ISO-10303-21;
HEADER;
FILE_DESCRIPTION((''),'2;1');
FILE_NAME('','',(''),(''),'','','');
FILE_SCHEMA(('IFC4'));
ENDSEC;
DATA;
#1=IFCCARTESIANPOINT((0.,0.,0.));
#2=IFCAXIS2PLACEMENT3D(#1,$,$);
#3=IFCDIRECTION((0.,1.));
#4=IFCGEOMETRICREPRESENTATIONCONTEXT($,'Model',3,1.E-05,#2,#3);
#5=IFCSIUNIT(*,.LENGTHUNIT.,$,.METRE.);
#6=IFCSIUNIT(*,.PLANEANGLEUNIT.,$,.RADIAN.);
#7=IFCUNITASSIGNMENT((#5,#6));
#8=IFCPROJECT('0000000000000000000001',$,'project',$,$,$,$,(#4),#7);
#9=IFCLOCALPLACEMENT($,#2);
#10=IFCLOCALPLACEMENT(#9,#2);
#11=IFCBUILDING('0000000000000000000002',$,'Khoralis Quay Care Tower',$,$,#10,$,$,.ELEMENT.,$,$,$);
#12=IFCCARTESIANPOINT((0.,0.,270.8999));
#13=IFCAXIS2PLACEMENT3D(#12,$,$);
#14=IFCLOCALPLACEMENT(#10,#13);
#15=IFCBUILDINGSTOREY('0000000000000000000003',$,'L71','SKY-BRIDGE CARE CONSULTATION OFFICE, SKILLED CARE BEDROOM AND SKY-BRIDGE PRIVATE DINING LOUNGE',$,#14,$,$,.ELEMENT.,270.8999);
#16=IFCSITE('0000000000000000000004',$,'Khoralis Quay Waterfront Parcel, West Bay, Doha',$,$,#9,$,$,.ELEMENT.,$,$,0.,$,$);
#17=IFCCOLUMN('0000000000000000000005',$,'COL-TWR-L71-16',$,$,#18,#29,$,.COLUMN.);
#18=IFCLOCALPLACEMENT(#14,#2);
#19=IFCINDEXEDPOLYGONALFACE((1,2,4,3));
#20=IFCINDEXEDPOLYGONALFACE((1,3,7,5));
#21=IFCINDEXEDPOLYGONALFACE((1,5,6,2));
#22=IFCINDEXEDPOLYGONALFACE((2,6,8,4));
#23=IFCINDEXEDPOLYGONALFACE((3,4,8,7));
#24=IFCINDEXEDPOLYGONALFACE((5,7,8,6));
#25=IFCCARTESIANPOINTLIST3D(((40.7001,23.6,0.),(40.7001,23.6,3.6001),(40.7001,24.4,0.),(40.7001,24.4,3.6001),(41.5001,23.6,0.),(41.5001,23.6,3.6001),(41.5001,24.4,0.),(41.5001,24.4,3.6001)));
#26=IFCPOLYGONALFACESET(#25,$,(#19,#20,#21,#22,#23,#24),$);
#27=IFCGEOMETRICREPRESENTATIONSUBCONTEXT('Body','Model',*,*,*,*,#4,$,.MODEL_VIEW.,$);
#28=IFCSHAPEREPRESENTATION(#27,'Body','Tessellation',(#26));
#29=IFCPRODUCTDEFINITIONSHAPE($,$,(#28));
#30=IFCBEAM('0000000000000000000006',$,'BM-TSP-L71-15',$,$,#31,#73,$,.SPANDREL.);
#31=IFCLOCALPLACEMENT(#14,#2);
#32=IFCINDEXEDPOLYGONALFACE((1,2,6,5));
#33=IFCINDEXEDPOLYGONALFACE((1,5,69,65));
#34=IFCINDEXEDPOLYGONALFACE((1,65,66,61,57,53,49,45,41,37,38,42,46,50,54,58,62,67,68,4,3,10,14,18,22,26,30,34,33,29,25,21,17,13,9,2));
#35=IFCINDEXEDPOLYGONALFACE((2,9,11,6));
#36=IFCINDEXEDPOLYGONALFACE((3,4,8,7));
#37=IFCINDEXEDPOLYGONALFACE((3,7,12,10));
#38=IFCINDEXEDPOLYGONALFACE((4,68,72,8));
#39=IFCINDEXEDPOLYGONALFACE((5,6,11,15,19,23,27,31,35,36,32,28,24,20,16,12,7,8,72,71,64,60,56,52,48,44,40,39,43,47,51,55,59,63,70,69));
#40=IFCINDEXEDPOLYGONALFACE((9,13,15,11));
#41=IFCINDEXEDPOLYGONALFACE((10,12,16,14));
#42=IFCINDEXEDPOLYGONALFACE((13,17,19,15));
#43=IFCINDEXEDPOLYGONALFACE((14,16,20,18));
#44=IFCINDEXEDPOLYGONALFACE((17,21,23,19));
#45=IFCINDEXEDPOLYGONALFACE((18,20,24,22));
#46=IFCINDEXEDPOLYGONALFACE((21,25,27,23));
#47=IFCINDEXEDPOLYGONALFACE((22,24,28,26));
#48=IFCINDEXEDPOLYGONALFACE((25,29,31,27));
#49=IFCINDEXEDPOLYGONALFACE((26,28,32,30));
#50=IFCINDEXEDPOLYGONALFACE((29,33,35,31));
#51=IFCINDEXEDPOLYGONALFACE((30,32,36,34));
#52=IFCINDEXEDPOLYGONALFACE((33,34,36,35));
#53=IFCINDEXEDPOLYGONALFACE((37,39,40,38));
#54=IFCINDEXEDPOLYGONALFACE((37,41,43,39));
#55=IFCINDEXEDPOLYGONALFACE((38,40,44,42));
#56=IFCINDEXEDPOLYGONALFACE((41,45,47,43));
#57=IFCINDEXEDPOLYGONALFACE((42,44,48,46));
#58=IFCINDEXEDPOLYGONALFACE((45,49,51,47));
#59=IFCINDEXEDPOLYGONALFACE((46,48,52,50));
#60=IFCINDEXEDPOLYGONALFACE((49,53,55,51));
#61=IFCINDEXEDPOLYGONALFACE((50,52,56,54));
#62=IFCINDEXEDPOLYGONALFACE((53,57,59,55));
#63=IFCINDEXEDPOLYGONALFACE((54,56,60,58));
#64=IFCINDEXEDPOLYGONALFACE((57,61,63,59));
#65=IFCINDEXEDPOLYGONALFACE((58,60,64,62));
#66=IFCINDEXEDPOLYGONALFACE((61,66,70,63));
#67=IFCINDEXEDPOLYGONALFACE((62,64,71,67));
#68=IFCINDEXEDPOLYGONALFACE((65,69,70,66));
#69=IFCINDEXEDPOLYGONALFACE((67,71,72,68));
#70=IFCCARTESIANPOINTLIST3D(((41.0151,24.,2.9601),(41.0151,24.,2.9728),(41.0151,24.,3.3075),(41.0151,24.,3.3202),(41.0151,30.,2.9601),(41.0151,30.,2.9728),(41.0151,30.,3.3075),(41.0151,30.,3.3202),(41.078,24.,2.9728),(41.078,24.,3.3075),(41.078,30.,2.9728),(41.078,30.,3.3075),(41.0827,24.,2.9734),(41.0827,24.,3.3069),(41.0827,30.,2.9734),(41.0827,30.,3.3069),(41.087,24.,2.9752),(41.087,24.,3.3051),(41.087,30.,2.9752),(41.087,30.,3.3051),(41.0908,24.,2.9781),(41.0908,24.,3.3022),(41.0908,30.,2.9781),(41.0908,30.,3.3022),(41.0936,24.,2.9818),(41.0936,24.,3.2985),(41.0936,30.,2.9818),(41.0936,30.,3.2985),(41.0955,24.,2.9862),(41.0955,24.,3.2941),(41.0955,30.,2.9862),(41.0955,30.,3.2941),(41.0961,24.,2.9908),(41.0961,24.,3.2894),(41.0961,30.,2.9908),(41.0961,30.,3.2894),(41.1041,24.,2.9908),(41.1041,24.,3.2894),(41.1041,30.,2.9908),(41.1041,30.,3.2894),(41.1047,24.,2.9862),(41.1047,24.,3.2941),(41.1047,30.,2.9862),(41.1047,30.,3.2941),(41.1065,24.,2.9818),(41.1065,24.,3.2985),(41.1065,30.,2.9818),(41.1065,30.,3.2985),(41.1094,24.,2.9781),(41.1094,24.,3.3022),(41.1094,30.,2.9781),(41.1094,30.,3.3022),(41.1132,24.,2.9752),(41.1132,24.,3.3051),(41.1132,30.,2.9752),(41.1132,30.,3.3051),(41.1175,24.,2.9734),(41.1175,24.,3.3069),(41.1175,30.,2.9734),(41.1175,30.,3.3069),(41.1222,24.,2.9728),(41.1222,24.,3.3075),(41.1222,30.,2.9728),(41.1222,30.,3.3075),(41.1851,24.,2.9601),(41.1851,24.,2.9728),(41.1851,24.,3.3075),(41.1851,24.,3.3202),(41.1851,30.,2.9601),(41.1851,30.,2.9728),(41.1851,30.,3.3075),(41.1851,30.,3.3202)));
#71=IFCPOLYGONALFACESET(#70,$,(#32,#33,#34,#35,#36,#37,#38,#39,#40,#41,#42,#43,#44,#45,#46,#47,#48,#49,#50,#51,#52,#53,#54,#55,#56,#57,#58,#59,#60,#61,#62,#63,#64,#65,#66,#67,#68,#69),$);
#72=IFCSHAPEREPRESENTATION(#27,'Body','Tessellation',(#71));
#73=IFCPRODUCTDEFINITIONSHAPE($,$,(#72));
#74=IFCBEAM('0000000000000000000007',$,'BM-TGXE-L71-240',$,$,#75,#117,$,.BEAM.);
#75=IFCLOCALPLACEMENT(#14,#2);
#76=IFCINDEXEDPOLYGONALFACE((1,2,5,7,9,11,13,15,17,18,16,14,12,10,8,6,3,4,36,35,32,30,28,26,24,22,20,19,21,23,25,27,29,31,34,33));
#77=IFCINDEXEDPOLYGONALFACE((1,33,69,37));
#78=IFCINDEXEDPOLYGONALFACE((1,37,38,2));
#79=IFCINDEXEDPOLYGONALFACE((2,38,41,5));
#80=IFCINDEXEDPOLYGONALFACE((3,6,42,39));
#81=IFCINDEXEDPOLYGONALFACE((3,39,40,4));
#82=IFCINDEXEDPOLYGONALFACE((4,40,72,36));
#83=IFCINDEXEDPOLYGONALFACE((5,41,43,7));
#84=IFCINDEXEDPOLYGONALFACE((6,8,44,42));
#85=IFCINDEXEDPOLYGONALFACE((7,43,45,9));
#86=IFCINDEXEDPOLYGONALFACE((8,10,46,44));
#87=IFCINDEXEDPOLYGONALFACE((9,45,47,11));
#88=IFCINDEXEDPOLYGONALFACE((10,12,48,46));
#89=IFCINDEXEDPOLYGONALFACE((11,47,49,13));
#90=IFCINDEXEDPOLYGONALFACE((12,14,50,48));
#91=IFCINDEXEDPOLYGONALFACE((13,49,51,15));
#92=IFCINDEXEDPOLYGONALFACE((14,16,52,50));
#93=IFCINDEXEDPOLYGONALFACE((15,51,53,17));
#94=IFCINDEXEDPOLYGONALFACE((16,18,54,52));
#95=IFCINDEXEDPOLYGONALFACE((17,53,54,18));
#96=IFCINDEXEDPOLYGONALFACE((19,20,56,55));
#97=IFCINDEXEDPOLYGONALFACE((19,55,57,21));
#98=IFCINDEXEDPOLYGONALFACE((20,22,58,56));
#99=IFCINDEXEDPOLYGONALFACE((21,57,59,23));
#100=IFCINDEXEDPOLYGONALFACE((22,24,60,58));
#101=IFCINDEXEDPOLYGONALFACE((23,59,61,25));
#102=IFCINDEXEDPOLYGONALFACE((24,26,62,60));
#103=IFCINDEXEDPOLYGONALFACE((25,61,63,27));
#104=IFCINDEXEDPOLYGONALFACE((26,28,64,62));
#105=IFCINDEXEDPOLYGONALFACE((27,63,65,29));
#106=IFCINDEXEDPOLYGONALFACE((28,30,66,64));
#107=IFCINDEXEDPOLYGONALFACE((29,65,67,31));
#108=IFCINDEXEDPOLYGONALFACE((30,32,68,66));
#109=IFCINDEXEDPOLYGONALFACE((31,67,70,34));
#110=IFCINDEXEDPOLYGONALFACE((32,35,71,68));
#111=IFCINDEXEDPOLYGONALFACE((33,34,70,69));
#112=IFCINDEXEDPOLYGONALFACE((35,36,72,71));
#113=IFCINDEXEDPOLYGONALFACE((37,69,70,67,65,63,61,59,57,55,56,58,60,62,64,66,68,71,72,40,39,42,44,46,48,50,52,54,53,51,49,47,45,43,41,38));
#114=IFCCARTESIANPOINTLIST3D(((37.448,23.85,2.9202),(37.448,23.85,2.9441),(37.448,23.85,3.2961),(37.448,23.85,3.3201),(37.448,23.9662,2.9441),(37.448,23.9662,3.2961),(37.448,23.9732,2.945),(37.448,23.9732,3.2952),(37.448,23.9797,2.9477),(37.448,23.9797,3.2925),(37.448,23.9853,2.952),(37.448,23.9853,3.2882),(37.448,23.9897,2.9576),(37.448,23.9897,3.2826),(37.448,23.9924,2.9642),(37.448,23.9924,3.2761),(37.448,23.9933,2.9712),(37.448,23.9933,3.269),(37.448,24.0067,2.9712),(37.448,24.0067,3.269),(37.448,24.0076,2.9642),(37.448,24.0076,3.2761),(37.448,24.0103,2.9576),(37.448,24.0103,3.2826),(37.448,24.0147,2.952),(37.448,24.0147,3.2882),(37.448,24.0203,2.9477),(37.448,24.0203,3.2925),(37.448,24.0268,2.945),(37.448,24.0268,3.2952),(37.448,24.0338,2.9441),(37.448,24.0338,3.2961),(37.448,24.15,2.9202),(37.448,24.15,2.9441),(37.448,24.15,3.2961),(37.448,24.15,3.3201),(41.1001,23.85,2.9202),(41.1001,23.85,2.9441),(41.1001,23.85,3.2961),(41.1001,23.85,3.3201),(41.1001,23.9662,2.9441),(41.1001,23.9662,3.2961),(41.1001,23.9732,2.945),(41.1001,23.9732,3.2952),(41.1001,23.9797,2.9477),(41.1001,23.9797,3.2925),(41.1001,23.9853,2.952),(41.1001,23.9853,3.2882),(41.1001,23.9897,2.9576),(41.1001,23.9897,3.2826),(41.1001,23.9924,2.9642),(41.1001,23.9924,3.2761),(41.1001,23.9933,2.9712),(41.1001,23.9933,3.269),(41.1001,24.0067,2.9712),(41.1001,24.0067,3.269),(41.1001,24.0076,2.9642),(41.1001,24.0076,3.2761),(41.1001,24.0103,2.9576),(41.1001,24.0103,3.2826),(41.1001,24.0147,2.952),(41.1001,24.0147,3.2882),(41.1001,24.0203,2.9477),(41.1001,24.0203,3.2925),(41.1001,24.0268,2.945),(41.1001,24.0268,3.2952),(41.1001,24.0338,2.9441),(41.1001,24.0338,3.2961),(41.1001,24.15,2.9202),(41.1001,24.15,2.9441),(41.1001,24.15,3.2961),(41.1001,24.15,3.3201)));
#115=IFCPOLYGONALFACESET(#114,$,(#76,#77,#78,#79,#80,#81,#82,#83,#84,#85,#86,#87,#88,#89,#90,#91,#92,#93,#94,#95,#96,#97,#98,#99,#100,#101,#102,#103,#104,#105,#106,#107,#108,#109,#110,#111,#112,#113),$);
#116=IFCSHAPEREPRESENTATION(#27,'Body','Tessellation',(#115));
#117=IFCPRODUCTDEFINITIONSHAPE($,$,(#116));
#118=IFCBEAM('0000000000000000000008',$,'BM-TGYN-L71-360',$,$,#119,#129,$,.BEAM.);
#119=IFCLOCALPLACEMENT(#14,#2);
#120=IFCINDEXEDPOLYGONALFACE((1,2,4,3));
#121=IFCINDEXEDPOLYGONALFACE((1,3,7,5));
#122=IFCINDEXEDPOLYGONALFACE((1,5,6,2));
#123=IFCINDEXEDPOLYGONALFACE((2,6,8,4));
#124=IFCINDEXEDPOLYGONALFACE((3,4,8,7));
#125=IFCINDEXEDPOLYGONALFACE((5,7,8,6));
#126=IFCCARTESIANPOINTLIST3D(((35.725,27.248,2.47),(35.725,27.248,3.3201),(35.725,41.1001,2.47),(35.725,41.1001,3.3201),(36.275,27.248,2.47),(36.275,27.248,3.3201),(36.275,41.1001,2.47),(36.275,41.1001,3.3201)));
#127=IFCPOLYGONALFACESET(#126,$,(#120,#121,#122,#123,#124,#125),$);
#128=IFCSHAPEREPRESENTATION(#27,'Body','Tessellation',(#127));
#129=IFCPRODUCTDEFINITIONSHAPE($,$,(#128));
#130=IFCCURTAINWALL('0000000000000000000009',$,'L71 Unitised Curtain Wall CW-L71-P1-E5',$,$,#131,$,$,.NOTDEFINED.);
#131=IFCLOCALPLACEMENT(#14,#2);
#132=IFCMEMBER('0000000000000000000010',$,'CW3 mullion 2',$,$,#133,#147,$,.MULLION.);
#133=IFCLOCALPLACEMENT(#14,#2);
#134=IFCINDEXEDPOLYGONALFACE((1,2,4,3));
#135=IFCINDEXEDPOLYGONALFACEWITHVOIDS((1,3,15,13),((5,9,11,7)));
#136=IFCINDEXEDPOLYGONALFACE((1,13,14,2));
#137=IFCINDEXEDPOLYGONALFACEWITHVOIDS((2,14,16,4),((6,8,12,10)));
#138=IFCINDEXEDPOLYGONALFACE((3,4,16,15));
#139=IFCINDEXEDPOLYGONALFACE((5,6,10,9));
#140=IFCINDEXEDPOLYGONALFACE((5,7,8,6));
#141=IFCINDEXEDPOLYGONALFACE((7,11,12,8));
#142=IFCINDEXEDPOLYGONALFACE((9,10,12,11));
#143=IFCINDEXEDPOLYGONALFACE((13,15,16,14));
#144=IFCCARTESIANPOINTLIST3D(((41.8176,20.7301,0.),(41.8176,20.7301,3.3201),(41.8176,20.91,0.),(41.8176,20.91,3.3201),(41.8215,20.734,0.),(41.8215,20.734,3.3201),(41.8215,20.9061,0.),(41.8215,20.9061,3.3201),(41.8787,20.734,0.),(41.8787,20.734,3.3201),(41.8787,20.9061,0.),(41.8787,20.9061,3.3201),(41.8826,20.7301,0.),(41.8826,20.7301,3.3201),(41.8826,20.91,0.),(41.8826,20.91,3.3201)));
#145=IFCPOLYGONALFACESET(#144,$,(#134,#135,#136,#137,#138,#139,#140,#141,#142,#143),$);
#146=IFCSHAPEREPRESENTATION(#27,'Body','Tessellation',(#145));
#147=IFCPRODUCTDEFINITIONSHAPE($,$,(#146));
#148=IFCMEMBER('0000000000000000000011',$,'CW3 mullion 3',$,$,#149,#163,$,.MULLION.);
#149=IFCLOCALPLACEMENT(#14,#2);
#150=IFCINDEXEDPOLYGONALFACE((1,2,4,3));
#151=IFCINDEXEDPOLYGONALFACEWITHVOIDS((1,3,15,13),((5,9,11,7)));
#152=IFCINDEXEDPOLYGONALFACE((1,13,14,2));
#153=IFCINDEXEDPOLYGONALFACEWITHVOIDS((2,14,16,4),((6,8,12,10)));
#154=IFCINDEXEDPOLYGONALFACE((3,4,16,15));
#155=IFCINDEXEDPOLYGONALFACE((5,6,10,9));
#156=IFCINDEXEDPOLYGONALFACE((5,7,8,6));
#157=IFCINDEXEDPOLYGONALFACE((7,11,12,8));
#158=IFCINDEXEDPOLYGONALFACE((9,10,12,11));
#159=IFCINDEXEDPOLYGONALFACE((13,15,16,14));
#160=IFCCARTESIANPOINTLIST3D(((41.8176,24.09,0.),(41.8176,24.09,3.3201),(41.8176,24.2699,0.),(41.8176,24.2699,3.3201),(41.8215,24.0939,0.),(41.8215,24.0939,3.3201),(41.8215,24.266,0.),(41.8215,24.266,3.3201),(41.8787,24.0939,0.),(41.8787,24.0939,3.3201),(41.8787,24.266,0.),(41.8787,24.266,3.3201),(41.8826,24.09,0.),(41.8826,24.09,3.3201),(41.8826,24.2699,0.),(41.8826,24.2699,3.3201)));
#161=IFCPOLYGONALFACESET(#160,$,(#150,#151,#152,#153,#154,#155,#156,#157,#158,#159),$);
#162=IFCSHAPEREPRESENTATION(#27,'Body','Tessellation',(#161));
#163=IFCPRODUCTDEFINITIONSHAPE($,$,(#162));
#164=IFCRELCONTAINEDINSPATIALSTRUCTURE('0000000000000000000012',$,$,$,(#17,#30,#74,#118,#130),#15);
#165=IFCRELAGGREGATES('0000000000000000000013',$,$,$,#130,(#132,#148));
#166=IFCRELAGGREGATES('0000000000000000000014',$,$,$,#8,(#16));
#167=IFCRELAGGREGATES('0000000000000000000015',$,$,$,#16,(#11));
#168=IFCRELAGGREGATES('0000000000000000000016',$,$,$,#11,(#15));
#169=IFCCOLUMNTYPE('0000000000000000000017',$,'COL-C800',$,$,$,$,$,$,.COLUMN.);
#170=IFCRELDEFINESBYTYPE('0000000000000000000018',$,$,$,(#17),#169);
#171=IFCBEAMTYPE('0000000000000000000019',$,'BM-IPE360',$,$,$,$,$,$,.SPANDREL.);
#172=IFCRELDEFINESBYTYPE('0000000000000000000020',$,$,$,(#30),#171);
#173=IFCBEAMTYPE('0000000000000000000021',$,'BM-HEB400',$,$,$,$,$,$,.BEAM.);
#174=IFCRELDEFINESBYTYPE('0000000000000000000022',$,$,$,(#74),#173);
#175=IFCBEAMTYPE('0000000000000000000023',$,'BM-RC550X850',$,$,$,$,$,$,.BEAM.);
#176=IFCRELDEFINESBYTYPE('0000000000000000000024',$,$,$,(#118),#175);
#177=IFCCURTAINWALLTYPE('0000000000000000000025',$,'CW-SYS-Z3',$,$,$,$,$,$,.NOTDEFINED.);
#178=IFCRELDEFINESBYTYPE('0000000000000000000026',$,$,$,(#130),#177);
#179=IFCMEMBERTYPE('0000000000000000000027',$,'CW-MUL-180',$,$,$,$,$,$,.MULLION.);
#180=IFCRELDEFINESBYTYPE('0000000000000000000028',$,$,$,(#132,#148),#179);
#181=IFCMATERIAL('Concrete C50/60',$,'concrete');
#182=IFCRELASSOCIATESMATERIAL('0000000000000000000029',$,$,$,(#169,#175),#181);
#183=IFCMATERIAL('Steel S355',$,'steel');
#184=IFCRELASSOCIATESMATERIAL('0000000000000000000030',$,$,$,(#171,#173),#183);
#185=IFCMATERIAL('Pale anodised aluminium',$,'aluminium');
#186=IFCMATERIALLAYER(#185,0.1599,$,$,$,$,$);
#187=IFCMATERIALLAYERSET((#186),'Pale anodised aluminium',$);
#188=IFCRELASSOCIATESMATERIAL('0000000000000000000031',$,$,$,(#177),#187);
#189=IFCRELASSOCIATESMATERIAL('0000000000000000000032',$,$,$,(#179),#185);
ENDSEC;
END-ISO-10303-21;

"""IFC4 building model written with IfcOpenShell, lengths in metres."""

from ifc_helpers import new_model, si_unit, direction, frame, origin, origin_2d, place, context, subcontext, project, spatial, rectangle, hollow_rectangle, i_section, extrude, source, transform, mapped, material, layer, layer_set, material_profile, profile_set, type_object, element, aggregate, save


model = new_model("IFC4")

# Units and contexts
model_context = context("Model", 3, precision=1e-05, world=origin(), true_north=direction((0.0, 1.0)))
body_context = subcontext(model_context, "Body", "Model", "MODEL_VIEW")
ifc_project = project(units=[si_unit("LENGTHUNIT", "METRE"), si_unit("PLANEANGLEUNIT", "RADIAN")], contexts=[model_context])

# Site, building, storey
site_placement = place(None, origin())
site = spatial("IfcSite", under=ifc_project, at=site_placement, Name="Khoralis Quay Waterfront Parcel, West Bay, Doha", CompositionType="ELEMENT", RefElevation=0.0)
building_placement = place(site_placement, origin())
building = spatial("IfcBuilding", under=site, at=building_placement, Name="Khoralis Quay Care Tower", CompositionType="ELEMENT")
storey_placement = place(building_placement, frame((0.0, 0.0, 270.8999)))
storey = spatial("IfcBuildingStorey", under=building, at=storey_placement, Name="L71", Description="SKY-BRIDGE CARE CONSULTATION OFFICE, SKILLED CARE BEDROOM AND SKY-BRIDGE PRIVATE DINING LOUNGE", CompositionType="ELEMENT", Elevation=270.8999)

# Column
ifc_material_1 = material(Name="Concrete C50/60", Category="concrete")
ifc_material_profile_1 = material_profile(ifc_material_1, rectangle(XDim=0.8, YDim=0.8, at=origin_2d()), Name="Concrete C50/60")
ifc_profile_set_1 = profile_set([ifc_material_profile_1], Name="Concrete C50/60")
column_type = type_object("IfcColumnType", Name="COL-C800", PredefinedType="COLUMN", material=ifc_profile_set_1)
shared_shape_1 = source(origin(), body_context, "Body", "SweptSolid", [
    extrude(rectangle(XDim=0.8, YDim=0.8, at=origin_2d()), origin(), (0.0, 0.0, 1.0), 3.6001),
])
column_placement = place(storey_placement, frame((41.1001, 24.0, 0.0), z_axis=(0.0, 0.0, 1.0), x_axis=(1.0, 0.0, 0.0)))
element("IfcColumn", 1, at=column_placement, inside=storey, type_object=column_type, Name="COL-TWR-L71-16", PredefinedType="COLUMN", context=body_context, shape_type="MappedRepresentation", body=[
    mapped(shared_shape_1, transform((0.0, 0.0, 0.0), scale=1.0)),
])

# Beams
ifc_material_2 = material(Name="Steel S355", Category="steel")
ifc_material_profile_2 = material_profile(ifc_material_2, i_section(OverallWidth=0.1699, OverallDepth=0.3601, WebThickness=0.0081, FlangeThickness=0.0127, FilletRadius=0.0181, at=origin_2d()), Name="Steel S355")
ifc_profile_set_2 = profile_set([ifc_material_profile_2], Name="Steel S355")
beam_type_1 = type_object("IfcBeamType", Name="BM-IPE360", PredefinedType="SPANDREL", material=ifc_profile_set_2)
shared_shape_2 = source(origin(), body_context, "Body", "SweptSolid", [
    extrude(i_section(OverallWidth=0.1699, OverallDepth=0.3601, WebThickness=0.0081, FlangeThickness=0.0127, FilletRadius=0.0181, at=origin_2d()), origin(), (0.0, 0.0, 1.0), 6.0),
])
beam_1_placement = place(storey_placement, frame((41.1001, 24.0, 3.1401), z_axis=(0.0, 1.0, 0.0), x_axis=(-1.0, 0.0, 0.0)))
element("IfcBeam", 2, at=beam_1_placement, inside=storey, type_object=beam_type_1, Name="BM-TSP-L71-15", PredefinedType="SPANDREL", context=body_context, shape_type="MappedRepresentation", body=[
    mapped(shared_shape_2, transform((0.0, 0.0, 0.0), scale=1.0)),
])
ifc_material_profile_3 = material_profile(ifc_material_2, i_section(OverallWidth=0.3, OverallDepth=0.3999, WebThickness=0.0134, FlangeThickness=0.0239, FilletRadius=0.0271, at=origin_2d()), Name="Steel S355")
ifc_profile_set_3 = profile_set([ifc_material_profile_3], Name="Steel S355")
beam_type_2 = type_object("IfcBeamType", Name="BM-HEB400", PredefinedType="BEAM", material=ifc_profile_set_3)
shared_shape_3 = source(origin(), body_context, "Body", "SweptSolid", [
    extrude(i_section(OverallWidth=0.3, OverallDepth=0.3999, WebThickness=0.0134, FlangeThickness=0.0239, FilletRadius=0.0271, at=origin_2d()), origin(), (0.0, 0.0, 1.0), 3.6521),
])
beam_2_placement = place(storey_placement, frame((37.448, 24.0, 3.1201), z_axis=(1.0, 0.0, 0.0), x_axis=(0.0, 1.0, 0.0)))
element("IfcBeam", 3, at=beam_2_placement, inside=storey, type_object=beam_type_2, Name="BM-TGXE-L71-240", PredefinedType="BEAM", context=body_context, shape_type="MappedRepresentation", body=[
    mapped(shared_shape_3, transform((0.0, 0.0, 0.0), scale=1.0)),
])
ifc_material_profile_4 = material_profile(ifc_material_1, rectangle(XDim=0.55, YDim=0.8501, at=origin_2d()), Name="Concrete C50/60")
ifc_profile_set_4 = profile_set([ifc_material_profile_4], Name="Concrete C50/60")
beam_type_3 = type_object("IfcBeamType", Name="BM-RC550X850", PredefinedType="BEAM", material=ifc_profile_set_4)
shared_shape_4 = source(origin(), body_context, "Body", "SweptSolid", [
    extrude(rectangle(XDim=0.55, YDim=0.8501, at=origin_2d()), origin(), (0.0, 0.0, 1.0), 13.8521),
])
beam_3_placement = place(storey_placement, frame((36.0, 27.248, 2.895), z_axis=(0.0, 1.0, 0.0), x_axis=(-1.0, 0.0, 0.0)))
element("IfcBeam", 4, at=beam_3_placement, inside=storey, type_object=beam_type_3, Name="BM-TGYN-L71-360", PredefinedType="BEAM", context=body_context, shape_type="MappedRepresentation", body=[
    mapped(shared_shape_4, transform((0.0, 0.0, 0.0), scale=1.0)),
])

# Curtain wall, members
ifc_material_3 = material(Name="Pale anodised aluminium", Category="aluminium")
ifc_layer_1 = layer(ifc_material_3, 0.1599)
ifc_layer_set_1 = layer_set([ifc_layer_1], Name="Pale anodised aluminium")
curtain_wall_type = type_object("IfcCurtainWallType", Name="CW-SYS-Z3", PredefinedType="NOTDEFINED", material=ifc_layer_set_1)
curtain_wall_placement = place(storey_placement, origin())
curtain_wall = element("IfcCurtainWall", 5, at=curtain_wall_placement, inside=storey, type_object=curtain_wall_type, Name="L71 Unitised Curtain Wall CW-L71-P1-E5", PredefinedType="NOTDEFINED")
ifc_material_profile_5 = material_profile(ifc_material_3, hollow_rectangle(XDim=0.0649, YDim=0.1799, WallThickness=0.0039, at=origin_2d()), Name="Pale anodised aluminium")
ifc_profile_set_5 = profile_set([ifc_material_profile_5], Name="Pale anodised aluminium")
member_type_1 = type_object("IfcMemberType", Name="CW-MUL-180", PredefinedType="MULLION", material=ifc_profile_set_5)
shared_shape_5 = source(origin(), body_context, "Body", "SweptSolid", [
    extrude(hollow_rectangle(XDim=0.0649, YDim=0.1799, WallThickness=0.0039, at=origin_2d()), origin(), (0.0, 0.0, 1.0), 3.3201),
])
member_1_placement = place(storey_placement, frame((41.8501, 20.8201, 0.0), z_axis=(0.0, 0.0, 1.0), x_axis=(-1.0, 0.0, 0.0)))
member_1 = element("IfcMember", 6, at=member_1_placement, type_object=member_type_1, Name="CW3 mullion 2", PredefinedType="MULLION", context=body_context, shape_type="MappedRepresentation", body=[
    mapped(shared_shape_5, transform((0.0, 0.0, 0.0), scale=1.0)),
])
member_2_placement = place(storey_placement, frame((41.8501, 24.1799, 0.0), z_axis=(0.0, 0.0, 1.0), x_axis=(-1.0, 0.0, 0.0)))
member_2 = element("IfcMember", 7, at=member_2_placement, type_object=member_type_1, Name="CW3 mullion 3", PredefinedType="MULLION", context=body_context, shape_type="MappedRepresentation", body=[
    mapped(shared_shape_5, transform((0.0, 0.0, 0.0), scale=1.0)),
])
aggregate(curtain_wall, [member_1, member_2])

save(model, "model.ifc")
